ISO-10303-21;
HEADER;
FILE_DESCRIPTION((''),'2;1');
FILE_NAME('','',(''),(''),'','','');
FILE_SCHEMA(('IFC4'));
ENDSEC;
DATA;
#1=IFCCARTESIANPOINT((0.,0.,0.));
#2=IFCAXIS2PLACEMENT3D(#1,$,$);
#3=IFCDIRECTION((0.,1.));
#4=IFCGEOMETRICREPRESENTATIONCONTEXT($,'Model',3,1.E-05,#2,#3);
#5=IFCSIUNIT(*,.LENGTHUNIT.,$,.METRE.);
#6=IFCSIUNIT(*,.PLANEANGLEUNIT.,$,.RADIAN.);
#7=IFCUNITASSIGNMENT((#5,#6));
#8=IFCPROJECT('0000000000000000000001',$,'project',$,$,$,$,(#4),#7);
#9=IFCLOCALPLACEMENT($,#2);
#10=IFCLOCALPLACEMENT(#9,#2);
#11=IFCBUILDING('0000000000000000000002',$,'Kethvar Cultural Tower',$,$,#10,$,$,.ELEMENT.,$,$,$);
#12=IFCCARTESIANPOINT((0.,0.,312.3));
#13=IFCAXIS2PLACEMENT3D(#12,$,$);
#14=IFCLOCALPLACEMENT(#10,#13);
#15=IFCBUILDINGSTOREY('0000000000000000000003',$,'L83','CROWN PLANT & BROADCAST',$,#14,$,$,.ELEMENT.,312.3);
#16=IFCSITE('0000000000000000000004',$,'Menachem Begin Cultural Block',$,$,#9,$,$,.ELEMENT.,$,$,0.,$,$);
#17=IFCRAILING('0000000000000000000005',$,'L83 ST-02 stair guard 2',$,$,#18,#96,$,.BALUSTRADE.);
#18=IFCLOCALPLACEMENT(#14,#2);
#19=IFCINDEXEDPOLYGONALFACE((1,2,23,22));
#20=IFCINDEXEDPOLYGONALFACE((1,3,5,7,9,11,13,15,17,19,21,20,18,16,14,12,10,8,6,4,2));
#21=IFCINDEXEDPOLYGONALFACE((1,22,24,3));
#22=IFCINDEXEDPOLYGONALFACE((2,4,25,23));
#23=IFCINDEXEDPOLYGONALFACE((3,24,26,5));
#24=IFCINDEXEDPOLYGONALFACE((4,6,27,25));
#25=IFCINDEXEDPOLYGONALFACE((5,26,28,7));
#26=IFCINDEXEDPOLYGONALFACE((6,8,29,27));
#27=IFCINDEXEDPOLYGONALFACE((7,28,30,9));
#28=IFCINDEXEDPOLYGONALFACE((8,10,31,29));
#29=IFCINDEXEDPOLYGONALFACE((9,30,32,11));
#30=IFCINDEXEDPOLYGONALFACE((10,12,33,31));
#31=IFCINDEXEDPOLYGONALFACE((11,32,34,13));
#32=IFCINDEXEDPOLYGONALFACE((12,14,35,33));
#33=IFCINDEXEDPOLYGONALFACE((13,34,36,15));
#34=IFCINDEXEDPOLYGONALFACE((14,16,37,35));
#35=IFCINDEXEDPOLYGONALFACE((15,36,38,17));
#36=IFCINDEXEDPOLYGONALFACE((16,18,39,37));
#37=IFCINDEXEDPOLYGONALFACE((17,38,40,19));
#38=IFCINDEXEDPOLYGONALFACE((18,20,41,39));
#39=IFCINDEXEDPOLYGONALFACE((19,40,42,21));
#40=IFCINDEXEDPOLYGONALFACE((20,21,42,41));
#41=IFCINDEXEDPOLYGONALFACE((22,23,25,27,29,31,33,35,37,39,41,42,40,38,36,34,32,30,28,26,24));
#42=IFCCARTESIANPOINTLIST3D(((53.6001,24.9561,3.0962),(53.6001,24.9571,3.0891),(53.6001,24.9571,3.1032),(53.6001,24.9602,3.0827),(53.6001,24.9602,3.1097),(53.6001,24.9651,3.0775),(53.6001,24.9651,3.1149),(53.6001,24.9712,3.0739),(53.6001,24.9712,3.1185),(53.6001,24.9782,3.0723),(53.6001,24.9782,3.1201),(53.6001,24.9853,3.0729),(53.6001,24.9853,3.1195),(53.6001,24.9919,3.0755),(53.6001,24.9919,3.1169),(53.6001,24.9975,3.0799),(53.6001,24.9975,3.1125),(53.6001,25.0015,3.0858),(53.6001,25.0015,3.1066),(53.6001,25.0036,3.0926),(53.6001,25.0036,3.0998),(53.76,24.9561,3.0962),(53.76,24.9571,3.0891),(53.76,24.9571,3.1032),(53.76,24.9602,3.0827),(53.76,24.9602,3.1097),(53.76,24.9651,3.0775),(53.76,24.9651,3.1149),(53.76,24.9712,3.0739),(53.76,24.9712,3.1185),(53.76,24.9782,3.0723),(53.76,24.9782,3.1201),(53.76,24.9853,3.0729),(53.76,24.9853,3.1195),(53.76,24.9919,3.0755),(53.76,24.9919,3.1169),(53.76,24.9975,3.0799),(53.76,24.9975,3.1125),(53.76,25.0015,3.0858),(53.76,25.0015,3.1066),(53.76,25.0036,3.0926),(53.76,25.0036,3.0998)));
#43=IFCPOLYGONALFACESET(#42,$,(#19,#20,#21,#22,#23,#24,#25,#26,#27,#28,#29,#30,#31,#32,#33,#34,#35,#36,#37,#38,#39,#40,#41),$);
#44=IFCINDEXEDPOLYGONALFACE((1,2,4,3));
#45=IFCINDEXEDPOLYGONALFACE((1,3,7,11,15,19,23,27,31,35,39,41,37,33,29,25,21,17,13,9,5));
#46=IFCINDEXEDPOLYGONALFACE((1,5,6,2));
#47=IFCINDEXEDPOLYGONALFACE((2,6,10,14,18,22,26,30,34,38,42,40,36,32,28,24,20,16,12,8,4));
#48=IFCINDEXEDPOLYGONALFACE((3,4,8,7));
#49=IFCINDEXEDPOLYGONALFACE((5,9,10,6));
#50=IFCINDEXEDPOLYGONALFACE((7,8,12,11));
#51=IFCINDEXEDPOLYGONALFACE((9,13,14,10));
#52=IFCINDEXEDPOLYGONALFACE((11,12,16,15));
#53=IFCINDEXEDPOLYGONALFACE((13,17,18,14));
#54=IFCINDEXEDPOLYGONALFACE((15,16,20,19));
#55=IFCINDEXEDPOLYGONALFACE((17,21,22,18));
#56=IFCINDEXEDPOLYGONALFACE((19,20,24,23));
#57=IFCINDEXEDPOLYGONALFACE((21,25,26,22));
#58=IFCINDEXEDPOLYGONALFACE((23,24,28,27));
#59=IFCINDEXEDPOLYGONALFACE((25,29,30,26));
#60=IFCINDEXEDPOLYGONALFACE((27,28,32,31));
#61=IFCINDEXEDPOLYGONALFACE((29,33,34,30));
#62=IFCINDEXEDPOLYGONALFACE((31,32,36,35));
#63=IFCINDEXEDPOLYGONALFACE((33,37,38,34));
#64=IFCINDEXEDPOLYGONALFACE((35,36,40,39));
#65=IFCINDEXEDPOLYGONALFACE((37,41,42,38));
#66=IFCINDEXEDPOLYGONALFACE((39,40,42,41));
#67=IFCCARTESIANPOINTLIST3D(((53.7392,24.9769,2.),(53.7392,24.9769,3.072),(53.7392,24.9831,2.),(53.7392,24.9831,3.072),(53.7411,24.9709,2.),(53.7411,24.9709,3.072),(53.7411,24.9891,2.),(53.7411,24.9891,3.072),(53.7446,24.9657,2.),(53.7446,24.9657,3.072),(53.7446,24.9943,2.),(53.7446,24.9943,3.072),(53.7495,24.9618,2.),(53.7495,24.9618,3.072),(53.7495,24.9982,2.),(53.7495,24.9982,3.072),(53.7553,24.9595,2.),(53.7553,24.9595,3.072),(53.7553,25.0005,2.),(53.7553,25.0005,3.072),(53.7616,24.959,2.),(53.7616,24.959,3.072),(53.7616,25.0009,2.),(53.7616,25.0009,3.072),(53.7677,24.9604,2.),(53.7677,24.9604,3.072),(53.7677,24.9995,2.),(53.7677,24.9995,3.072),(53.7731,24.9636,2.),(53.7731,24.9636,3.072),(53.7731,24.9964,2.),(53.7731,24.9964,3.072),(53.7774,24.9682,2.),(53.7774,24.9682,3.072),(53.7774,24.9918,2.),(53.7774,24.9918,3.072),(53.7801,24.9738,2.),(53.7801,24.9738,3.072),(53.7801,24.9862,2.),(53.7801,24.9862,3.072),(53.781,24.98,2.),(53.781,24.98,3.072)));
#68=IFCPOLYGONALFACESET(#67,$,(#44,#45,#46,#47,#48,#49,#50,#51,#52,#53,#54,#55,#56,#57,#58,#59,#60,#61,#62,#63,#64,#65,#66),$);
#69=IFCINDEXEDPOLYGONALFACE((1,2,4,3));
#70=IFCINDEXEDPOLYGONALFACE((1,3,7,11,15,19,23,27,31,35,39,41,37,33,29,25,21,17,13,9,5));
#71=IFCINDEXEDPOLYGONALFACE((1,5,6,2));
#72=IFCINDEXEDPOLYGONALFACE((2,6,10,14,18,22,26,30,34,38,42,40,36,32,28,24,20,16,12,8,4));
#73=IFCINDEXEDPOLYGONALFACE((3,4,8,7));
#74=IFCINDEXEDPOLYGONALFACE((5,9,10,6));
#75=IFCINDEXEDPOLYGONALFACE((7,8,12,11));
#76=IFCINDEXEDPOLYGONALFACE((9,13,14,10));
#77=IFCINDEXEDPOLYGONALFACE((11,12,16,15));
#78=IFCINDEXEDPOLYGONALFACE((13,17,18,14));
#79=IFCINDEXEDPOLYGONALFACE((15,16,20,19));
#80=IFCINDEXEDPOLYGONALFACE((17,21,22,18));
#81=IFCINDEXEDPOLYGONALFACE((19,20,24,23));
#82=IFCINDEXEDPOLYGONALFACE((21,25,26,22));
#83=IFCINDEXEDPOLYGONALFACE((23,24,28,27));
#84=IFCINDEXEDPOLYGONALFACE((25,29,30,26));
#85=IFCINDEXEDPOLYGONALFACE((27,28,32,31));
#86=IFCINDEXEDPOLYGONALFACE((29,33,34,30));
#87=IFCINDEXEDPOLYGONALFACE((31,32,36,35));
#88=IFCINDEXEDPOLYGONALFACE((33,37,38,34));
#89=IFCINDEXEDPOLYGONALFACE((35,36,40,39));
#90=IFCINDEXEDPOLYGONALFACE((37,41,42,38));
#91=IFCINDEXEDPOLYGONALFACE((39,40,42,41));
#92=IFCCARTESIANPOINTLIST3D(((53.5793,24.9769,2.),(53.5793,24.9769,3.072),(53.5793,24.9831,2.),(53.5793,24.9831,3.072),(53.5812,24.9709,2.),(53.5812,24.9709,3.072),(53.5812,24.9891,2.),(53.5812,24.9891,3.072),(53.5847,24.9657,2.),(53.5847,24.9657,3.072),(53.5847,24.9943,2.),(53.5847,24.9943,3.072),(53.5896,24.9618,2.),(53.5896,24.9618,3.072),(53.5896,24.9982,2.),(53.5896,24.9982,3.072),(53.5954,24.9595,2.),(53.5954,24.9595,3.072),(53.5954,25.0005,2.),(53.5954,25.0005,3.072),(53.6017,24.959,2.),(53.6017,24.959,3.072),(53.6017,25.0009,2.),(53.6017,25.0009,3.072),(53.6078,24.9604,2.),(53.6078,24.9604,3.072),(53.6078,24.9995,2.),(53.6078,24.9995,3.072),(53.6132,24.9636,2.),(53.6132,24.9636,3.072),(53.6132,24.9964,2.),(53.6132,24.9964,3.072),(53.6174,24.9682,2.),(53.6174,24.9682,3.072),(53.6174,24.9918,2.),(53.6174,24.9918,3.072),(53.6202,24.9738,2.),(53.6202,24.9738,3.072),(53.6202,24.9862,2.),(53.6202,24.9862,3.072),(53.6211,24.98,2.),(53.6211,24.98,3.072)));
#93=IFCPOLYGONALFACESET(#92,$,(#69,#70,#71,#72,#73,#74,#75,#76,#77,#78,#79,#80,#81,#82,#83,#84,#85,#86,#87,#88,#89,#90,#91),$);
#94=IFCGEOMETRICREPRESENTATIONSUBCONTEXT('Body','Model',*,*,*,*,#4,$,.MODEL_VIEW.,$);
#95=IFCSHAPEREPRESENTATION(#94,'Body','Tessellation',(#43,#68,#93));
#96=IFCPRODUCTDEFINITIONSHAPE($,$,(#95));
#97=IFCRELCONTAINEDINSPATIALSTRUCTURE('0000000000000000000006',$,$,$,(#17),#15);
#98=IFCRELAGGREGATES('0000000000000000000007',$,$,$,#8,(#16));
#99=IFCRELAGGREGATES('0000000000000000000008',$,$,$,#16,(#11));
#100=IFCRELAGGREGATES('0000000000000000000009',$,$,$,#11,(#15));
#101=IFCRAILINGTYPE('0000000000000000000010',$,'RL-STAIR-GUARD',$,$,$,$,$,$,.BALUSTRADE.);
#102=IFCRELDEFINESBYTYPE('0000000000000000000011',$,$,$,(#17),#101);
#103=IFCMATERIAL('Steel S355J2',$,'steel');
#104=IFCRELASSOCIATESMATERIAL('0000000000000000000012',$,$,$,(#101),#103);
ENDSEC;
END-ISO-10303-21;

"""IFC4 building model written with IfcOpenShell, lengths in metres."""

from ifc_helpers import new_model, si_unit, direction, frame, origin, origin_2d, place, context, subcontext, project, spatial, circle, extrude, material, type_object, element, save


model = new_model("IFC4")

# Units and contexts
model_context = context("Model", 3, precision=1e-05, world=origin(), true_north=direction((0.0, 1.0)))
body_context = subcontext(model_context, "Body", "Model", "MODEL_VIEW")
ifc_project = project(units=[si_unit("LENGTHUNIT", "METRE"), si_unit("PLANEANGLEUNIT", "RADIAN")], contexts=[model_context])

# Site, building, storey
site_placement = place(None, origin())
site = spatial("IfcSite", under=ifc_project, at=site_placement, Name="Menachem Begin Cultural Block", CompositionType="ELEMENT", RefElevation=0.0)
building_placement = place(site_placement, origin())
building = spatial("IfcBuilding", under=site, at=building_placement, Name="Kethvar Cultural Tower", CompositionType="ELEMENT")
storey_placement = place(building_placement, frame((0.0, 0.0, 312.3)))
storey = spatial("IfcBuildingStorey", under=building, at=storey_placement, Name="L83", Description="CROWN PLANT & BROADCAST", CompositionType="ELEMENT", Elevation=312.3)

# Shared definitions
ifc_material_1 = material(Name="Steel S355J2", Category="steel")

# Railing
railing_type_1 = type_object("IfcRailingType", Name="RL-STAIR-GUARD", PredefinedType="BALUSTRADE", material=ifc_material_1)
railing_1_placement = place(storey_placement, frame((53.76, 24.98, 2.0)))
element("IfcRailing", 1, at=railing_1_placement, inside=storey, type_object=railing_type_1, Name="L83 ST-02 stair guard 2", PredefinedType="BALUSTRADE", context=body_context, shape_type="SweptSolid", body=[
    extrude(circle(Radius=0.0239, at=origin_2d()), frame((0.0, 0.0, 1.0962), z_axis=(-1.0, 0.0, 0.0), x_axis=(0.0, -1.0, 0.0)), (0.0, 0.0, 1.0), 0.1599),
    extrude(circle(Radius=0.021, at=origin_2d()), origin(), (0.0, 0.0, 1.0), 1.072),
    extrude(circle(Radius=0.021, at=origin_2d()), frame((-0.1599, 0.0, 0.0)), (0.0, 0.0, 1.0), 1.072),
])

save(model, "model.ifc")
